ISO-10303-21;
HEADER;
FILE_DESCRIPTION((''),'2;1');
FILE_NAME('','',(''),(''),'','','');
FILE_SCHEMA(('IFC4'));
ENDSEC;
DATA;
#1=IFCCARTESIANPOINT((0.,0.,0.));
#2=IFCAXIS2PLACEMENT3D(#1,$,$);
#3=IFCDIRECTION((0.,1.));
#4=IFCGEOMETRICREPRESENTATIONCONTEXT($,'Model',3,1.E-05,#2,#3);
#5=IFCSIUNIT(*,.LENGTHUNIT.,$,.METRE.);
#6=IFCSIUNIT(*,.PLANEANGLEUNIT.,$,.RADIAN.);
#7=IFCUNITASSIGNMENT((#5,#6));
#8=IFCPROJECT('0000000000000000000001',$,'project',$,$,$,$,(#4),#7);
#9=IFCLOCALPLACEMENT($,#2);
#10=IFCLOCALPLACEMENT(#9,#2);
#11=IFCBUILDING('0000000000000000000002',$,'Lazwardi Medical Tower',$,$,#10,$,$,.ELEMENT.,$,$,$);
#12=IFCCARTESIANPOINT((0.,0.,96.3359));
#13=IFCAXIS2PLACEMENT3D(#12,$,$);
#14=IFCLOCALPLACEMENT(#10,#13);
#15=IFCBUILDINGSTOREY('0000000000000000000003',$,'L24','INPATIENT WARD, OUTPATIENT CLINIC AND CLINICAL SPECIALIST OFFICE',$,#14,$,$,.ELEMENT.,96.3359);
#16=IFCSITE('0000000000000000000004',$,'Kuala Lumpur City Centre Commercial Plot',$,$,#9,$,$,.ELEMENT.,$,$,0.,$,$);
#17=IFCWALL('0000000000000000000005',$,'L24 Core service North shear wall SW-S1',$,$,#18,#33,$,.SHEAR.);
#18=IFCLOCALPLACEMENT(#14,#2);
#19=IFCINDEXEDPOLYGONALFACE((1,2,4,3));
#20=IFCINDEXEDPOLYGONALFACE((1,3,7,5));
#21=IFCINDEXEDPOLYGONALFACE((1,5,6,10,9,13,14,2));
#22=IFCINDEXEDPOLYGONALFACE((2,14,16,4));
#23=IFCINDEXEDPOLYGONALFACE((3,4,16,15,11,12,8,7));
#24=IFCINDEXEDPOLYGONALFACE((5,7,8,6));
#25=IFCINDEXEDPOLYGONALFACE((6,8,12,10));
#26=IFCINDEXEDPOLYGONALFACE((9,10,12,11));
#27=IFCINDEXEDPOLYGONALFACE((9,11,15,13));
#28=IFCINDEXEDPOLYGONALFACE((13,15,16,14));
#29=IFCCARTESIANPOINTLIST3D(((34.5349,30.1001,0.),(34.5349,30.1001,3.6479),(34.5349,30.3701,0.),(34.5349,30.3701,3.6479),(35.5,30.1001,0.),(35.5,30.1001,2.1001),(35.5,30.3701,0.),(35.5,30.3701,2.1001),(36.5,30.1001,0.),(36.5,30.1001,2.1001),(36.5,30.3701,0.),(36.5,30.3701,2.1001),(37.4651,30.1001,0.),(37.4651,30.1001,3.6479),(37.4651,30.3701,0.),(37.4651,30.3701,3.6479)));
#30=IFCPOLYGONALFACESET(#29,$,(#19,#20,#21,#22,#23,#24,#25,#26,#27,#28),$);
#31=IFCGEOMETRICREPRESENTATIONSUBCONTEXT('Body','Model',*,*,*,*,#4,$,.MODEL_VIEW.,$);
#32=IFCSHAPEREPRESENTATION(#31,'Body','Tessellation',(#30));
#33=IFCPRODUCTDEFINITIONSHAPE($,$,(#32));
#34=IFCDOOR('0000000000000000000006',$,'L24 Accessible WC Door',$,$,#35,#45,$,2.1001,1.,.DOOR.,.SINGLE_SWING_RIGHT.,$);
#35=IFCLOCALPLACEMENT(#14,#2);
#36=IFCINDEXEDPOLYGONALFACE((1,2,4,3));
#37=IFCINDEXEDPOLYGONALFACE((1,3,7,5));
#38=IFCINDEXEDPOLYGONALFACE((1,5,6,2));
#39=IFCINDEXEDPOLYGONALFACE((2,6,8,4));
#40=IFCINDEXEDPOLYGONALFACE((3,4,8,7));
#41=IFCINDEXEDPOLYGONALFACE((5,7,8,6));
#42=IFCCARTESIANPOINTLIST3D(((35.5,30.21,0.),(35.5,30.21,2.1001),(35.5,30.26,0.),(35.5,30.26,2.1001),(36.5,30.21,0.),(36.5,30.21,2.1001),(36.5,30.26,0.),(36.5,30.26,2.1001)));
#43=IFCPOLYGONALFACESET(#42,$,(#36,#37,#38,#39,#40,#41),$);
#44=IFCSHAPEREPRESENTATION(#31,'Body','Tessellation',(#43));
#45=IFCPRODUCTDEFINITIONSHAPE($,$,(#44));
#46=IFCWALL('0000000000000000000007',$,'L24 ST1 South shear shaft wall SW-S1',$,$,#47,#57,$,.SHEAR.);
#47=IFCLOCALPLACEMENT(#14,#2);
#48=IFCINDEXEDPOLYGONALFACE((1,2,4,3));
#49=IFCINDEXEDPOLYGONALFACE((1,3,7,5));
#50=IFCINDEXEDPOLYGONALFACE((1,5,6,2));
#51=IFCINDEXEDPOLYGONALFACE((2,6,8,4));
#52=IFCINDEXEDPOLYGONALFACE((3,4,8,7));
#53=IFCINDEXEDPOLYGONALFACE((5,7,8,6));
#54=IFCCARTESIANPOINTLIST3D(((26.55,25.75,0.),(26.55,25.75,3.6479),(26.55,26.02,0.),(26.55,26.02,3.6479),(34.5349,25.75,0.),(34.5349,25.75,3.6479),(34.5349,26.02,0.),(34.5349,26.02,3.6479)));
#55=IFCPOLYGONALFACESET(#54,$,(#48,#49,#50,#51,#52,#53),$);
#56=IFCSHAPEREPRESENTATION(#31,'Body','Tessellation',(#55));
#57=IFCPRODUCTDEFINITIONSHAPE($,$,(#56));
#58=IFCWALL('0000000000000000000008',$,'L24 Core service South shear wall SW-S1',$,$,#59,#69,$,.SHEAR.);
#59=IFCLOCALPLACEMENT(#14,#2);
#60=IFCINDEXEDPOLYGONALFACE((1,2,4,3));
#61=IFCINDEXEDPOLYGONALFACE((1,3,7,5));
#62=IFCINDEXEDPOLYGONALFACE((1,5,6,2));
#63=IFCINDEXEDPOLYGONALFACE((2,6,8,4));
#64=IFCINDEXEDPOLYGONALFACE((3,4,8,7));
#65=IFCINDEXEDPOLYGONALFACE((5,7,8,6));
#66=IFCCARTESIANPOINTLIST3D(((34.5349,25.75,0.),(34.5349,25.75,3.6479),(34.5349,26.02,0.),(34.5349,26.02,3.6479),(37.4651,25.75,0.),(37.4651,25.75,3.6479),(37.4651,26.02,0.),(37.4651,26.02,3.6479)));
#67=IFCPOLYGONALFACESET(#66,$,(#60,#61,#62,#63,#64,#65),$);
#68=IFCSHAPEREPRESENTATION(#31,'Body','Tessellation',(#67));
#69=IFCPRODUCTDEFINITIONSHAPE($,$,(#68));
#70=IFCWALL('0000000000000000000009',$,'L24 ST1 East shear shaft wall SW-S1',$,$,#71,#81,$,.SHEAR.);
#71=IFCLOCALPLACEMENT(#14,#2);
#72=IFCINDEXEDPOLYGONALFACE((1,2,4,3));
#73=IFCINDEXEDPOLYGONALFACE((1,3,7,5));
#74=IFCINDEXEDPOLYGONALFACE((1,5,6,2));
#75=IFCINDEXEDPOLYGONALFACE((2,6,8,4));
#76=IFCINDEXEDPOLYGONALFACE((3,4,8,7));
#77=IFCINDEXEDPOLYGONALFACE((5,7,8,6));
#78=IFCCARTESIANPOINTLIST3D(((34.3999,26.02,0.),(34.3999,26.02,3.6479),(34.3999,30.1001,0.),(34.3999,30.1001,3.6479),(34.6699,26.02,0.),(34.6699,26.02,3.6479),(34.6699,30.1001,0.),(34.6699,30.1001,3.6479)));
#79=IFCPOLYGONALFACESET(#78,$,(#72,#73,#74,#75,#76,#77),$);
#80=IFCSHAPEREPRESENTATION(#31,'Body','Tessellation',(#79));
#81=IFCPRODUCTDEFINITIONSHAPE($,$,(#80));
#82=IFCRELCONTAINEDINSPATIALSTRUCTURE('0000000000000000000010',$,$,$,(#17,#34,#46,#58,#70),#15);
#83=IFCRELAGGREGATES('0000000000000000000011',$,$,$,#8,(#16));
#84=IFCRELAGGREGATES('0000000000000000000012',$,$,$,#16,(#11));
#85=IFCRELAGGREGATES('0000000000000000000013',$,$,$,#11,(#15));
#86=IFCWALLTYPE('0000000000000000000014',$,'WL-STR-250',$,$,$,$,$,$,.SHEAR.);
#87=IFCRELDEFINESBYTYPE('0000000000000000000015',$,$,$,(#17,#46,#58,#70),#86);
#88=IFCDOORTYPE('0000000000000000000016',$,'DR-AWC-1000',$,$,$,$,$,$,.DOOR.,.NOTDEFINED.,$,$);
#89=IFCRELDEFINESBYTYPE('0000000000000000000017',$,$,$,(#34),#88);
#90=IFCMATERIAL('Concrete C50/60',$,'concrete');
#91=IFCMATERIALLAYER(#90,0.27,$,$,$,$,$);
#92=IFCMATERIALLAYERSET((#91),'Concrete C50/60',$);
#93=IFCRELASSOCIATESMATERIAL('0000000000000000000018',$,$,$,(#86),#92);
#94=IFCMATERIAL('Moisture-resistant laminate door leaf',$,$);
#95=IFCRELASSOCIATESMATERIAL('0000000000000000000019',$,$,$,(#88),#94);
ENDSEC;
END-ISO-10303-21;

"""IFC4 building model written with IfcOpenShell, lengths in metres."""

from ifc_helpers import new_model, si_unit, direction, frame, frame_2d, origin, place, context, subcontext, project, spatial, rectangle, extrude, material, layer, layer_set, type_object, element, fill, save


model = new_model("IFC4")

# Units and contexts
model_context = context("Model", 3, precision=1e-05, world=origin(), true_north=direction((0.0, 1.0)))
body_context = subcontext(model_context, "Body", "Model", "MODEL_VIEW")
ifc_project = project(units=[si_unit("LENGTHUNIT", "METRE"), si_unit("PLANEANGLEUNIT", "RADIAN")], contexts=[model_context])

# Site, building, storey
site_placement = place(None, origin())
site = spatial("IfcSite", under=ifc_project, at=site_placement, Name="Kuala Lumpur City Centre Commercial Plot", CompositionType="ELEMENT", RefElevation=0.0)
building_placement = place(site_placement, origin())
building = spatial("IfcBuilding", under=site, at=building_placement, Name="Lazwardi Medical Tower", CompositionType="ELEMENT")
storey_placement = place(building_placement, frame((0.0, 0.0, 96.3359)))
storey = spatial("IfcBuildingStorey", under=building, at=storey_placement, Name="L24", Description="INPATIENT WARD, OUTPATIENT CLINIC AND CLINICAL SPECIALIST OFFICE", CompositionType="ELEMENT", Elevation=96.3359)

# Shared definitions
ifc_material_1 = material(Name="Concrete C50/60", Category="concrete")
ifc_layer_1 = layer(ifc_material_1, 0.27)
ifc_layer_set_1 = layer_set([ifc_layer_1], Name="Concrete C50/60")
wall_type_1 = type_object("IfcWallType", Name="WL-STR-250", PredefinedType="SHEAR", material=ifc_layer_set_1)

# Wall, opening, door
wall_1_placement = place(storey_placement, frame((34.5349, 30.2351, 0.0), z_axis=(0.0, 0.0, 1.0), x_axis=(1.0, 0.0, 0.0)))
wall_1 = element("IfcWall", 1, at=wall_1_placement, inside=storey, type_object=wall_type_1, Name="L24 Core service North shear wall SW-S1", PredefinedType="SHEAR", context=body_context, shape_type="SweptSolid", body=[
    extrude(rectangle(XDim=2.9302, YDim=0.27, at=frame_2d((1.4651, 0.0))), origin(), (0.0, 0.0, 1.0), 3.6479),
])
opening_1_placement = place(wall_1_placement, frame((0.9651, 0.0, 0.0)))
opening_1 = element("IfcOpeningElement", 2, at=opening_1_placement, cuts=wall_1, PredefinedType="OPENING", context=body_context, shape_type="SweptSolid", body=[
    extrude(rectangle(XDim=1.0, YDim=2.1001, at=frame_2d((0.5, 1.05))), frame((0.0, 0.145, 0.0), z_axis=(0.0, -1.0, 0.0), x_axis=(1.0, 0.0, 0.0)), (0.0, 0.0, 1.0), 0.29),
])
ifc_material_2 = material(Name="Moisture-resistant laminate door leaf")
door_type_1 = type_object("IfcDoorType", Name="DR-AWC-1000", OperationType="NOTDEFINED", PredefinedType="DOOR", material=ifc_material_2)
door_1_placement = place(opening_1_placement, origin())
door_1 = element("IfcDoor", 3, at=door_1_placement, inside=storey, type_object=door_type_1, Name="L24 Accessible WC Door", OperationType="SINGLE_SWING_RIGHT", OverallHeight=2.1001, OverallWidth=1.0, PredefinedType="DOOR", context=body_context, shape_type="SweptSolid", body=[
    extrude(rectangle(XDim=1.0, YDim=2.1001, at=frame_2d((0.5, 1.05))), frame((0.0, 0.0249, 0.0), z_axis=(0.0, -1.0, 0.0), x_axis=(1.0, 0.0, 0.0)), (0.0, 0.0, 1.0), 0.05),
])
fill(opening_1, door_1)

# Walls
wall_2_placement = place(storey_placement, frame((26.55, 25.885, 0.0), z_axis=(0.0, 0.0, 1.0), x_axis=(1.0, 0.0, 0.0)))
element("IfcWall", 4, at=wall_2_placement, inside=storey, type_object=wall_type_1, Name="L24 ST1 South shear shaft wall SW-S1", PredefinedType="SHEAR", context=body_context, shape_type="SweptSolid", body=[
    extrude(rectangle(XDim=7.9849, YDim=0.27, at=frame_2d((3.9924, 0.0))), origin(), (0.0, 0.0, 1.0), 3.6479),
])
wall_3_placement = place(storey_placement, frame((34.5349, 25.885, 0.0), z_axis=(0.0, 0.0, 1.0), x_axis=(1.0, 0.0, 0.0)))
element("IfcWall", 5, at=wall_3_placement, inside=storey, type_object=wall_type_1, Name="L24 Core service South shear wall SW-S1", PredefinedType="SHEAR", context=body_context, shape_type="SweptSolid", body=[
    extrude(rectangle(XDim=2.9302, YDim=0.27, at=frame_2d((1.4651, 0.0))), origin(), (0.0, 0.0, 1.0), 3.6479),
])
wall_4_placement = place(storey_placement, frame((34.5349, 26.02, 0.0), z_axis=(0.0, 0.0, 1.0), x_axis=(0.0, 1.0, 0.0)))
element("IfcWall", 6, at=wall_4_placement, inside=storey, type_object=wall_type_1, Name="L24 ST1 East shear shaft wall SW-S1", PredefinedType="SHEAR", context=body_context, shape_type="SweptSolid", body=[
    extrude(rectangle(XDim=4.0801, YDim=0.27, at=frame_2d((2.04, 0.0))), origin(), (0.0, 0.0, 1.0), 3.6479),
])

save(model, "model.ifc")
